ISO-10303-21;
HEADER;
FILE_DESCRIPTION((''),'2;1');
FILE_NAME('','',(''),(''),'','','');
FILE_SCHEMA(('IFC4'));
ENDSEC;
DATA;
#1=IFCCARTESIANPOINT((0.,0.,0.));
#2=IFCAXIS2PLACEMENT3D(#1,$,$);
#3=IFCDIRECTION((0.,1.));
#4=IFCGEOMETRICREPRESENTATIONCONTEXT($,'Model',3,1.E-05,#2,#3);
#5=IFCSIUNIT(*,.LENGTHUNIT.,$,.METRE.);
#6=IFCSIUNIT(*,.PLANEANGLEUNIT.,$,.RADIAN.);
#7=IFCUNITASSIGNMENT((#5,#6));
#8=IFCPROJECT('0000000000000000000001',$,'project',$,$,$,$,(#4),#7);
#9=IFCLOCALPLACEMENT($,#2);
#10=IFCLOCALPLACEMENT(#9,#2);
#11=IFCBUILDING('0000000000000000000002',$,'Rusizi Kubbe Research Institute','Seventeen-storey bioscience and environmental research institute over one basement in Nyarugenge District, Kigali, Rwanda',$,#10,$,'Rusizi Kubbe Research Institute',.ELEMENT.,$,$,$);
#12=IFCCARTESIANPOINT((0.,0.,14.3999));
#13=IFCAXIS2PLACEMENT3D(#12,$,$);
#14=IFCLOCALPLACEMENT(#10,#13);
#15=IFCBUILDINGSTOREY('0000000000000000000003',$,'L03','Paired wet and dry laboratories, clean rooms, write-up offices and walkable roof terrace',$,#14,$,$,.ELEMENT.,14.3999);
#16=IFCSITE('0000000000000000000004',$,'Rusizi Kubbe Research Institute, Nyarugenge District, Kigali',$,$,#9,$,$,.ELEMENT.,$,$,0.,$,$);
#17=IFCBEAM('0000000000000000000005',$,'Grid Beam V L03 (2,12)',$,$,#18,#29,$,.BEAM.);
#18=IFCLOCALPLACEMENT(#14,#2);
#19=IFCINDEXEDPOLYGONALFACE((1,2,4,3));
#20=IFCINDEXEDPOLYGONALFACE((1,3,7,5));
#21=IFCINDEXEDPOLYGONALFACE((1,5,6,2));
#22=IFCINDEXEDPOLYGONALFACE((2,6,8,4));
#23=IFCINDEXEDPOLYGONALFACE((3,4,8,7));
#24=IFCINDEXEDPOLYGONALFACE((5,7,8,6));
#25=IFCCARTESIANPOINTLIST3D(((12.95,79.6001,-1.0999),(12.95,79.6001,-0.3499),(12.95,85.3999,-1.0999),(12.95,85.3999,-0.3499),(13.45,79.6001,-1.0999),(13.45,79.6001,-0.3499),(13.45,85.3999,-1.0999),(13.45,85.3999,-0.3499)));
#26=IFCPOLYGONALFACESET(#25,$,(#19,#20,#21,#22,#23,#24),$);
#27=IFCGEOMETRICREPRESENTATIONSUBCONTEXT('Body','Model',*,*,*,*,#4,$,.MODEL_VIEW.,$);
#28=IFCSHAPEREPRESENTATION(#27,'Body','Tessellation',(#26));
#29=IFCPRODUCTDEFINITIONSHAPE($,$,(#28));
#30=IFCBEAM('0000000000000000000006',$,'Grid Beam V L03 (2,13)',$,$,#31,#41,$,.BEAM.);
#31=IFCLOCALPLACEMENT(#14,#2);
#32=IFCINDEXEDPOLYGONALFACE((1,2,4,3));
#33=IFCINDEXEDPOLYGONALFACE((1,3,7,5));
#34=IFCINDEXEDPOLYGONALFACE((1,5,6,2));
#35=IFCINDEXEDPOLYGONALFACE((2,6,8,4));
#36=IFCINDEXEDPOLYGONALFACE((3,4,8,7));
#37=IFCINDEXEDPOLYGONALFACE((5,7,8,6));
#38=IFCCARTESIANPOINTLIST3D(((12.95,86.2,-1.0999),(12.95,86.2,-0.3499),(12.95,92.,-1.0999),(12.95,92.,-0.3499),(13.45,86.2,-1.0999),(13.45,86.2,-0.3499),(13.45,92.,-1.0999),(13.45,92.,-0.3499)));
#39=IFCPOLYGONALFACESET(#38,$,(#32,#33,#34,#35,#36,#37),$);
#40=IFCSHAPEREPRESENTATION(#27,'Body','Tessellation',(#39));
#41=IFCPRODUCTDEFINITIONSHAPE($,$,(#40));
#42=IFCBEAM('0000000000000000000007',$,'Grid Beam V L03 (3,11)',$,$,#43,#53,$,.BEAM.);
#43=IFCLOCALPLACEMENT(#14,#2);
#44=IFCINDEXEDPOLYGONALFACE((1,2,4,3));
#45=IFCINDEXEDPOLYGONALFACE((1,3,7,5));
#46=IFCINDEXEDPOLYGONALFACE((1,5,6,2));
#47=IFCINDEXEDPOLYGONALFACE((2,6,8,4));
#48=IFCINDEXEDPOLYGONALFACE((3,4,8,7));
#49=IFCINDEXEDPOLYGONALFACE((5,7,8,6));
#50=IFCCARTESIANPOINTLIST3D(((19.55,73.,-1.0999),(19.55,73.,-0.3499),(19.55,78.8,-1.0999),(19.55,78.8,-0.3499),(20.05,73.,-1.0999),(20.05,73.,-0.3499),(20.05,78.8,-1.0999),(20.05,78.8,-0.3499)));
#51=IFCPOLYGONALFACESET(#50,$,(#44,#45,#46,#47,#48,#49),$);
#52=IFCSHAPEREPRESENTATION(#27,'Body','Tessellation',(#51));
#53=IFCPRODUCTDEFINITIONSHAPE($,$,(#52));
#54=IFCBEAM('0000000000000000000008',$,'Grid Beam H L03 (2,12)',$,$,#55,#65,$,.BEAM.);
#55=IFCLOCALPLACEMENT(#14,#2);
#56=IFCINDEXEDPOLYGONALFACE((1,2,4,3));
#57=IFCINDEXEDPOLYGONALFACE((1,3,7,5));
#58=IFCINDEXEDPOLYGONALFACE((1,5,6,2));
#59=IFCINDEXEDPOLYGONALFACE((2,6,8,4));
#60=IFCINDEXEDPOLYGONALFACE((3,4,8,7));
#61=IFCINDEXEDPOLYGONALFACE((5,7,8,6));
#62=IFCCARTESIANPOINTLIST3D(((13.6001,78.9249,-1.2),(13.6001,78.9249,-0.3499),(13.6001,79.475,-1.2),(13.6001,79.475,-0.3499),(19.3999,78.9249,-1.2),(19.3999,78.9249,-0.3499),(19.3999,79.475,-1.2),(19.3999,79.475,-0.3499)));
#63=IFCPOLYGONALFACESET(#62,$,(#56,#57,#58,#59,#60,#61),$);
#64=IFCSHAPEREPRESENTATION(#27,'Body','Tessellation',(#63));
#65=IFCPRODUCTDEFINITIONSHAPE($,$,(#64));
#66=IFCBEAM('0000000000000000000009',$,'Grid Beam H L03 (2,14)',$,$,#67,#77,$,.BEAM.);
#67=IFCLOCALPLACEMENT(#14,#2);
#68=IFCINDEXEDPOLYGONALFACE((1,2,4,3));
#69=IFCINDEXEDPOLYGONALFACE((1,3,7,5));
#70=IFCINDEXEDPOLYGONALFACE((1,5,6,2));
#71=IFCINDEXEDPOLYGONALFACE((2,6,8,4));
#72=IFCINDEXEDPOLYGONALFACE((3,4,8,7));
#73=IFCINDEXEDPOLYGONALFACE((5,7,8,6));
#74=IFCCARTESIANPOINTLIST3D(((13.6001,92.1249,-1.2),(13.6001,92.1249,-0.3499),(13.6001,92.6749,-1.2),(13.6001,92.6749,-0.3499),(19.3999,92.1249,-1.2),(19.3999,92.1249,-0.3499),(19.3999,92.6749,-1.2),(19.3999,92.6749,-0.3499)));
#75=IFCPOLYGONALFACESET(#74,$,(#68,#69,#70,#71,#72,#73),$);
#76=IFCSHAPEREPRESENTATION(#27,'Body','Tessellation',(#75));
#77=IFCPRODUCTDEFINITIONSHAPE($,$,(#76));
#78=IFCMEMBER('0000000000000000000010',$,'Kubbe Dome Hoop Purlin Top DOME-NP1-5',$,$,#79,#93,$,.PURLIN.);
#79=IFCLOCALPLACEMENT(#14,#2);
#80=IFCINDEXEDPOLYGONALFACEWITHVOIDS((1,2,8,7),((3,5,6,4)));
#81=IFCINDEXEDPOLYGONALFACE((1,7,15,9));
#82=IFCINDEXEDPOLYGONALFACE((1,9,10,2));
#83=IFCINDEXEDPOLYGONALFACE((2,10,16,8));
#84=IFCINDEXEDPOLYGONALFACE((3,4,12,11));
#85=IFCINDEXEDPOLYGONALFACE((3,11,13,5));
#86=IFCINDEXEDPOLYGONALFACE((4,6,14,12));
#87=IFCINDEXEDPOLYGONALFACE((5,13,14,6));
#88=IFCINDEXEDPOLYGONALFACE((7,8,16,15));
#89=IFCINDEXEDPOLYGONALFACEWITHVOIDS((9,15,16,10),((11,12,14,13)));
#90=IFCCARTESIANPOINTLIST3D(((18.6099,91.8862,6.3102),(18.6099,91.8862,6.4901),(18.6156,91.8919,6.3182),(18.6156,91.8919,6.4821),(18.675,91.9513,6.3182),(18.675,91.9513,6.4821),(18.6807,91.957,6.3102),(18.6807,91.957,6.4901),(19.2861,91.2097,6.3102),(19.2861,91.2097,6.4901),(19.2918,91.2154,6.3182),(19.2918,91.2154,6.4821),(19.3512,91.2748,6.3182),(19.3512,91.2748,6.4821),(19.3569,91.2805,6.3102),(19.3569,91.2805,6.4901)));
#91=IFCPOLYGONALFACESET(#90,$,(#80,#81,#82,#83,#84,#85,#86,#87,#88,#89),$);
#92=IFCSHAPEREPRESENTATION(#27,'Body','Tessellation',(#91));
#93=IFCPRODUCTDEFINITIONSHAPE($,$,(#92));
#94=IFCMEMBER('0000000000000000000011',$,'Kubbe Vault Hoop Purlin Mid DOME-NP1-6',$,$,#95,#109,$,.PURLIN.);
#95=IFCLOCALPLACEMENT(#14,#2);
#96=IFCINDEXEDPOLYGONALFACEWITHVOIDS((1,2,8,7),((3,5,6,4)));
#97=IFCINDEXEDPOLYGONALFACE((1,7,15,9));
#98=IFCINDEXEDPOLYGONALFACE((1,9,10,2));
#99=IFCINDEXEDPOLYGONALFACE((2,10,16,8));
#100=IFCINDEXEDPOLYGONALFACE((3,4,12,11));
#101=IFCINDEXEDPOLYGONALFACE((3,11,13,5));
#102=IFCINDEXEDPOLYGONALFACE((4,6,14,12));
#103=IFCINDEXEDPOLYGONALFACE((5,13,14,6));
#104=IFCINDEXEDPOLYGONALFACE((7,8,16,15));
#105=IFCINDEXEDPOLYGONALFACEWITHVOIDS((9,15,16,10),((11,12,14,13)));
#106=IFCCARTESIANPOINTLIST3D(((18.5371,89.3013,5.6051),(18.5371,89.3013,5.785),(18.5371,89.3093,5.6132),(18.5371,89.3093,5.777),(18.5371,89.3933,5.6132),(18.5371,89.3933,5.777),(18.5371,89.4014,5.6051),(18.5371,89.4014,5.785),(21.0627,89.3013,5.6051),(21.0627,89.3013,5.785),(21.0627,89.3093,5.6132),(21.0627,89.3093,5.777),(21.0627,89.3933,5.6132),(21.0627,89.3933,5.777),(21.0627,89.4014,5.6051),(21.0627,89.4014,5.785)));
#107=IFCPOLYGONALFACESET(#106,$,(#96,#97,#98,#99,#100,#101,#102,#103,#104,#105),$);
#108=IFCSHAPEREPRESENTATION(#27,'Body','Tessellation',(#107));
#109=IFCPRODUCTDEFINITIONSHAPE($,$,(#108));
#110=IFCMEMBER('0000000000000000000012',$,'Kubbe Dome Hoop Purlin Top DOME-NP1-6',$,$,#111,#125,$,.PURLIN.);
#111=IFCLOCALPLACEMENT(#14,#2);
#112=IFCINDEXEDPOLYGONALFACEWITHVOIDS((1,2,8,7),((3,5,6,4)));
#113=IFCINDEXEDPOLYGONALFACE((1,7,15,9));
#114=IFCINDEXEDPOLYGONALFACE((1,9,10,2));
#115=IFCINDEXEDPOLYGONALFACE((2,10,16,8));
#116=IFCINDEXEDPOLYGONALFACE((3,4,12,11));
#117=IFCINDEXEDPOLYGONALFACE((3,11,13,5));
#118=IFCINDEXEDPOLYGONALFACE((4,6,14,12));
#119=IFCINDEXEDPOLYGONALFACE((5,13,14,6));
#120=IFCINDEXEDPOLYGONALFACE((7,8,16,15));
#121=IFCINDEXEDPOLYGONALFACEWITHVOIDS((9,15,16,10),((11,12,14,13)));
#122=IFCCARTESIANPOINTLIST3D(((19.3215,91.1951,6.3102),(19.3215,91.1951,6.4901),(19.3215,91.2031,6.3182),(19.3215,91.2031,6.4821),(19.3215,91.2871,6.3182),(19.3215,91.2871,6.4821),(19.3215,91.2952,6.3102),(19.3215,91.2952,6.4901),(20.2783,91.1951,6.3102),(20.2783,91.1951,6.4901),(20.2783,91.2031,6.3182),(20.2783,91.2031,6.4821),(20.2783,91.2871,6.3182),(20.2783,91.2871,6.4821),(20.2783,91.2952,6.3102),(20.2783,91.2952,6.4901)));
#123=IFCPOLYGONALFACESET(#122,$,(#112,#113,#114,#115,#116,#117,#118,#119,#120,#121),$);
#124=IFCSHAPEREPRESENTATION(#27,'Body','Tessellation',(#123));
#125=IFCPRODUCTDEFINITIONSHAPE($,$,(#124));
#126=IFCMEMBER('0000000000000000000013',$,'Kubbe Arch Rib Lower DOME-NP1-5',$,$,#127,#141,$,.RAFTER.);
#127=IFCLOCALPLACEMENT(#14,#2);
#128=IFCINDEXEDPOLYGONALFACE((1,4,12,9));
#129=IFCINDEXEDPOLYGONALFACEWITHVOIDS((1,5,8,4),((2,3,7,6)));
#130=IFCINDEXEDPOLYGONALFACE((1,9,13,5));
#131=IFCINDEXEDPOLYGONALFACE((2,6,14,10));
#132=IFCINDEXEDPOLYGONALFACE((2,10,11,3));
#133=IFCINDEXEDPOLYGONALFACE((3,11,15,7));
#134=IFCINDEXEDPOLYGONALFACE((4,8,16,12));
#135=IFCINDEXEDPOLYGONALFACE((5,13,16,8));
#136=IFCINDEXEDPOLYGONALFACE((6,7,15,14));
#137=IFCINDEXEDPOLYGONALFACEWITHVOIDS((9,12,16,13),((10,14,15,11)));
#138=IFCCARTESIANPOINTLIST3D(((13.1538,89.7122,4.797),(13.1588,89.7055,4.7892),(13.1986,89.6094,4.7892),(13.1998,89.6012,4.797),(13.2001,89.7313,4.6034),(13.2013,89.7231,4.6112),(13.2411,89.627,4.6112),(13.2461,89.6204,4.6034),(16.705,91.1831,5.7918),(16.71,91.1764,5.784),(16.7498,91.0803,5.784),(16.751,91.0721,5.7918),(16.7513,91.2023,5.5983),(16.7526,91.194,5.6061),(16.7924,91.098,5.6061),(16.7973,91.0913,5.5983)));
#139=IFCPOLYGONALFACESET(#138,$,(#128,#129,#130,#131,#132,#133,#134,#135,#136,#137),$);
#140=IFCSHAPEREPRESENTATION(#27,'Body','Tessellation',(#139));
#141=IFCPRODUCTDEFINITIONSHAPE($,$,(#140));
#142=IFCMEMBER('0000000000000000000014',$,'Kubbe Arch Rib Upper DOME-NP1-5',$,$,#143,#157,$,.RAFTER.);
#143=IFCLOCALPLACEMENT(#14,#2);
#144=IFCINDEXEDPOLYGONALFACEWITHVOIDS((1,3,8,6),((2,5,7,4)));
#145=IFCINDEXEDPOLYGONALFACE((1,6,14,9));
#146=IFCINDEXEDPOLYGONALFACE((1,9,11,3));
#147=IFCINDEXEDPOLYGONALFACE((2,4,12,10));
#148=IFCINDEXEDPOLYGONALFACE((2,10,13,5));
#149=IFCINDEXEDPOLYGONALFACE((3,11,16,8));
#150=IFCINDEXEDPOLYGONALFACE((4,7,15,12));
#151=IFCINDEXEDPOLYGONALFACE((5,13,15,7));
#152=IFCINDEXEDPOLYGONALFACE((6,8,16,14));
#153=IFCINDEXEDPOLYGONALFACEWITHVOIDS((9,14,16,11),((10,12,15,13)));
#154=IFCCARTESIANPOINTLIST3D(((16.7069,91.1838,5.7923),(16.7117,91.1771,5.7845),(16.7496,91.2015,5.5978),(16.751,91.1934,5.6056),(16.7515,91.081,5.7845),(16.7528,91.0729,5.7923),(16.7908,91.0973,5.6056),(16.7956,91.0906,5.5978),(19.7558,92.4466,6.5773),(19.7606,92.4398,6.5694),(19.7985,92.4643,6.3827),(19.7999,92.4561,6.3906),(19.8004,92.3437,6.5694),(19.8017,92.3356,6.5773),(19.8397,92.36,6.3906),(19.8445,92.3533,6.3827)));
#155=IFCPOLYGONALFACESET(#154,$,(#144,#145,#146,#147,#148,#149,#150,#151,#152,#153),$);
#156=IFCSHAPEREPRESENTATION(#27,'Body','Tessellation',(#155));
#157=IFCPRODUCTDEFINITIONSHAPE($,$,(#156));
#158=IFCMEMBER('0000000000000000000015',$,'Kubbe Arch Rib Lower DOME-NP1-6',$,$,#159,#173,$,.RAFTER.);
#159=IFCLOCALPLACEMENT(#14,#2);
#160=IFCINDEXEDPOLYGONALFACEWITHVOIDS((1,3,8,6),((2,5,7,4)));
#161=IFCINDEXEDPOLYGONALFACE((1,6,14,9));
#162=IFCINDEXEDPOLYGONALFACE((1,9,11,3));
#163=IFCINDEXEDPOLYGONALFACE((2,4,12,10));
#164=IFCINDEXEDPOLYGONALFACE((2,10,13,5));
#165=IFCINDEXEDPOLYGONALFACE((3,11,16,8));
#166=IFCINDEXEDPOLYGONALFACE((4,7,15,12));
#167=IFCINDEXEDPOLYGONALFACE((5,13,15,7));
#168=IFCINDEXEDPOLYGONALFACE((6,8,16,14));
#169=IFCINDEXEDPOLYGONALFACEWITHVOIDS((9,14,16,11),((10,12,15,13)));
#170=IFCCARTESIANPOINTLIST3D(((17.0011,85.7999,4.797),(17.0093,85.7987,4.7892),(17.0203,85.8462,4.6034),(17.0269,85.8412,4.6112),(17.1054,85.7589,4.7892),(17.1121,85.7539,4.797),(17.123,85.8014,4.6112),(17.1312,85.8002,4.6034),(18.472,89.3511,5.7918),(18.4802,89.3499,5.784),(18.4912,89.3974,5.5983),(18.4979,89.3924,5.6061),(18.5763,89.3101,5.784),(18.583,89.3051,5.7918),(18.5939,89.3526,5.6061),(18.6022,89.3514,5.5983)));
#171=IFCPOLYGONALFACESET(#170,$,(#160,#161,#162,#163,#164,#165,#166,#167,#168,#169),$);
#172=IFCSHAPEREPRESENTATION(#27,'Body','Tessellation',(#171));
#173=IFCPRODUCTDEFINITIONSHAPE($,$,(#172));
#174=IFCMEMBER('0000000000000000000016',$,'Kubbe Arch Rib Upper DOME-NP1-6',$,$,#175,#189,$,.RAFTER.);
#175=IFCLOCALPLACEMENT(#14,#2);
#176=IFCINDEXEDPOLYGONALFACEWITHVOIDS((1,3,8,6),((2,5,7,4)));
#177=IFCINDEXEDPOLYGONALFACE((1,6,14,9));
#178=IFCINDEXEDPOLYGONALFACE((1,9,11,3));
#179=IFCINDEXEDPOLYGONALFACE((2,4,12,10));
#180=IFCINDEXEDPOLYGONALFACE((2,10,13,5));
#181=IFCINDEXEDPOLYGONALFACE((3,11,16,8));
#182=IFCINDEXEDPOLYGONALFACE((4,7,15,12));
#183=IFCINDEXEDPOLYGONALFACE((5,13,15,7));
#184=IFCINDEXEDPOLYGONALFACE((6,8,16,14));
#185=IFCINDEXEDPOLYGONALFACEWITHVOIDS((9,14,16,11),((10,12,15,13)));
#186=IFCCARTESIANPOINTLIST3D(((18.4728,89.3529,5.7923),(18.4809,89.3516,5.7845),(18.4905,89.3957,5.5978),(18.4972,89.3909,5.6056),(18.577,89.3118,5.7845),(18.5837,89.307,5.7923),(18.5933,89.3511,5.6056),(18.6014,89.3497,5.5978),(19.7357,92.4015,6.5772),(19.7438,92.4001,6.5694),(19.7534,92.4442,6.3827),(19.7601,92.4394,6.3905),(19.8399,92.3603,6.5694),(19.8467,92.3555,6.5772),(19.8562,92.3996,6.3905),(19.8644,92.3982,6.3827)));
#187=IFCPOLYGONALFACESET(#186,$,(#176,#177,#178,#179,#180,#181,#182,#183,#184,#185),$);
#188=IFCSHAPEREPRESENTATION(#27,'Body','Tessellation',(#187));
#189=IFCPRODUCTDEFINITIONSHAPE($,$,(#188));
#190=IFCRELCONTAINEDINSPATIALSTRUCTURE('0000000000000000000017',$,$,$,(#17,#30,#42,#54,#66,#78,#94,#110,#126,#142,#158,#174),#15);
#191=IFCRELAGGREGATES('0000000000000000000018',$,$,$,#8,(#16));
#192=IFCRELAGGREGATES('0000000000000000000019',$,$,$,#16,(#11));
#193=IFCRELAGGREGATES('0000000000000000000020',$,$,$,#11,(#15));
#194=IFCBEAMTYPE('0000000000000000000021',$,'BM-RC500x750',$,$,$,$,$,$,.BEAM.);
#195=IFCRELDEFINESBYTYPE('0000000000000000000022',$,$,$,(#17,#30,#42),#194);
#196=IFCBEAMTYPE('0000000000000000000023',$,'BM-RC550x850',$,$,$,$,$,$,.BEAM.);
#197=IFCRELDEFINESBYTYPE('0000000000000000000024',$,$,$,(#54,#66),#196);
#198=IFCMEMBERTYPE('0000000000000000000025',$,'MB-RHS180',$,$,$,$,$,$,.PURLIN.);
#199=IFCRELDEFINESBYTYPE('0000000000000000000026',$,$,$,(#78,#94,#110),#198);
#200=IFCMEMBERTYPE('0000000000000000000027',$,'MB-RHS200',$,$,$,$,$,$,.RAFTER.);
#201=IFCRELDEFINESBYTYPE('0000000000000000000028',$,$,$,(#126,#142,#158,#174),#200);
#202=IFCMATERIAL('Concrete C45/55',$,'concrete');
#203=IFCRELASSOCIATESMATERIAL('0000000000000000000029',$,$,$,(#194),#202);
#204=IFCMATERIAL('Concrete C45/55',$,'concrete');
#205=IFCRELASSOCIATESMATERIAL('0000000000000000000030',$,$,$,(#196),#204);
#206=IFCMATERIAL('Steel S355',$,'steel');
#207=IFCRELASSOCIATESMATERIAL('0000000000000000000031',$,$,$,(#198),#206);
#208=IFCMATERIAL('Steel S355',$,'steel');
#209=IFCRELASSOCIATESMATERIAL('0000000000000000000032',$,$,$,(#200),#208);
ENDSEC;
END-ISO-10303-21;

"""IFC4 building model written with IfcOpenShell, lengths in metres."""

from ifc_helpers import new_model, si_unit, direction, frame, origin, origin_2d, place, context, subcontext, project, spatial, rectangle, hollow_rectangle, extrude, material, material_profile, profile_set, type_object, element, save


model = new_model("IFC4")

# Units and contexts
model_context = context("Model", 3, precision=1e-05, world=origin(), true_north=direction((0.0, 1.0)))
body_context = subcontext(model_context, "Body", "Model", "MODEL_VIEW")
ifc_project = project(units=[si_unit("LENGTHUNIT", "METRE"), si_unit("PLANEANGLEUNIT", "RADIAN")], contexts=[model_context])

# Site, building, storey
site_placement = place(None, origin())
site = spatial("IfcSite", under=ifc_project, at=site_placement, Name="Rusizi Kubbe Research Institute, Nyarugenge District, Kigali", CompositionType="ELEMENT", RefElevation=0.0)
building_placement = place(site_placement, origin())
building = spatial("IfcBuilding", under=site, at=building_placement, Name="Rusizi Kubbe Research Institute", Description="Seventeen-storey bioscience and environmental research institute over one basement in Nyarugenge District, Kigali, Rwanda", LongName="Rusizi Kubbe Research Institute", CompositionType="ELEMENT")
storey_placement = place(building_placement, frame((0.0, 0.0, 14.3999)))
storey = spatial("IfcBuildingStorey", under=building, at=storey_placement, Name="L03", Description="Paired wet and dry laboratories, clean rooms, write-up offices and walkable roof terrace", CompositionType="ELEMENT", Elevation=14.3999)

# Beams
ifc_material_1 = material(Name="Concrete C45/55", Category="concrete")
ifc_material_profile_1 = material_profile(ifc_material_1, rectangle(XDim=0.5, YDim=0.75, at=origin_2d()), Name="RC500x750B")
ifc_profile_set_1 = profile_set([ifc_material_profile_1], Name="Concrete C45/55")
beam_type_1 = type_object("IfcBeamType", Name="BM-RC500x750", PredefinedType="BEAM", material=ifc_profile_set_1)
beam_1_placement = place(storey_placement, frame((13.2, 79.6001, -0.7249), z_axis=(0.0, 1.0, 0.0), x_axis=(-1.0, 0.0, 0.0)))
element("IfcBeam", 1, at=beam_1_placement, inside=storey, type_object=beam_type_1, Name="Grid Beam V L03 (2,12)", PredefinedType="BEAM", context=body_context, shape_type="SweptSolid", body=[
    extrude(rectangle(XDim=0.5, YDim=0.75, at=origin_2d()), origin(), (0.0, 0.0, 1.0), 5.7998),
])
for number, where, z_axis, x_axis, name in (
    (2, (13.2, 86.2, -0.7249), (0.0, 1.0, 0.0), (-1.0, 0.0, 0.0), "Grid Beam V L03 (2,13)"),
    (3, (19.8, 73.0, -0.7249), (0.0, 1.0, 0.0), (-1.0, 0.0, 0.0), "Grid Beam V L03 (3,11)"),
):
    element("IfcBeam", number, at=place(storey_placement, frame(where, z_axis=z_axis, x_axis=x_axis)), inside=storey, type_object=beam_type_1, Name=name, PredefinedType="BEAM", context=body_context, shape_type="SweptSolid", body=[
        extrude(rectangle(XDim=0.5, YDim=0.75, at=origin_2d()), origin(), (0.0, 0.0, 1.0), 5.8),
    ])
ifc_material_2 = material(Name="Concrete C45/55", Category="concrete")
ifc_material_profile_2 = material_profile(ifc_material_2, rectangle(XDim=0.55, YDim=0.8501, at=origin_2d()), Name="RC550x850")
ifc_profile_set_2 = profile_set([ifc_material_profile_2], Name="Concrete C45/55")
beam_type_2 = type_object("IfcBeamType", Name="BM-RC550x850", PredefinedType="BEAM", material=ifc_profile_set_2)
for number, where, z_axis, x_axis, name in (
    (4, (13.6001, 79.2, -0.7749), (1.0, 0.0, 0.0), (0.0, 1.0, 0.0), "Grid Beam H L03 (2,12)"),
    (5, (13.6001, 92.3999, -0.7749), (1.0, 0.0, 0.0), (0.0, 1.0, 0.0), "Grid Beam H L03 (2,14)"),
):
    element("IfcBeam", number, at=place(storey_placement, frame(where, z_axis=z_axis, x_axis=x_axis)), inside=storey, type_object=beam_type_2, Name=name, PredefinedType="BEAM", context=body_context, shape_type="SweptSolid", body=[
        extrude(rectangle(XDim=0.55, YDim=0.8501, at=origin_2d()), origin(), (0.0, 0.0, 1.0), 5.7998),
    ])

# Members
ifc_material_3 = material(Name="Steel S355", Category="steel")
ifc_material_profile_3 = material_profile(ifc_material_3, hollow_rectangle(XDim=0.1001, YDim=0.1799, WallThickness=0.0081, at=origin_2d()), Name="RHS 180x100x8.0")
ifc_profile_set_3 = profile_set([ifc_material_profile_3], Name="Steel S355")
member_type_1 = type_object("IfcMemberType", Name="MB-RHS180", PredefinedType="PURLIN", material=ifc_profile_set_3)
member_1_placement = place(storey_placement, frame((18.6453, 91.9216, 6.4001), z_axis=(0.706979, -0.707234, 0.0), x_axis=(0.707234, 0.706979, 0.0)))
element("IfcMember", 6, at=member_1_placement, inside=storey, type_object=member_type_1, Name="Kubbe Dome Hoop Purlin Top DOME-NP1-5", PredefinedType="PURLIN", context=body_context, shape_type="SweptSolid", body=[
    extrude(hollow_rectangle(XDim=0.1001, YDim=0.1799, WallThickness=0.0081, at=origin_2d()), origin(), (0.0, 0.0, 1.0), 0.9565),
])
member_2_placement = place(storey_placement, frame((18.5371, 89.3513, 5.6951), z_axis=(1.0, 0.0, 0.0), x_axis=(0.0, 1.0, 0.0)))
element("IfcMember", 7, at=member_2_placement, inside=storey, type_object=member_type_1, Name="Kubbe Vault Hoop Purlin Mid DOME-NP1-6", PredefinedType="PURLIN", context=body_context, shape_type="SweptSolid", body=[
    extrude(hollow_rectangle(XDim=0.1001, YDim=0.1799, WallThickness=0.0081, at=origin_2d()), origin(), (0.0, 0.0, 1.0), 2.5256),
])
member_3_placement = place(storey_placement, frame((19.3215, 91.2451, 6.4001), z_axis=(1.0, 0.0, 0.0), x_axis=(0.0, 1.0, 0.0)))
element("IfcMember", 8, at=member_3_placement, inside=storey, type_object=member_type_1, Name="Kubbe Dome Hoop Purlin Top DOME-NP1-6", PredefinedType="PURLIN", context=body_context, shape_type="SweptSolid", body=[
    extrude(hollow_rectangle(XDim=0.1001, YDim=0.1799, WallThickness=0.0081, at=origin_2d()), origin(), (0.0, 0.0, 1.0), 0.9568),
])
ifc_material_4 = material(Name="Steel S355", Category="steel")
ifc_material_profile_4 = material_profile(ifc_material_4, hollow_rectangle(XDim=0.1201, YDim=0.2, WallThickness=0.0081, at=origin_2d()), Name="RHS 200x120x8.0")
ifc_profile_set_4 = profile_set([ifc_material_profile_4], Name="Steel S355")
member_type_2 = type_object("IfcMemberType", Name="MB-RHS200", PredefinedType="RAFTER", material=ifc_profile_set_4)
member_4_placement = place(storey_placement, frame((13.2, 89.6663, 4.7002), z_axis=(0.894411, 0.370468, 0.250565), x_axis=(-0.382675, 0.923883, 0.0)))
element("IfcMember", 9, at=member_4_placement, inside=storey, type_object=member_type_2, Name="Kubbe Arch Rib Lower DOME-NP1-5", PredefinedType="RAFTER", context=body_context, shape_type="SweptSolid", body=[
    extrude(hollow_rectangle(XDim=0.1201, YDim=0.2, WallThickness=0.0081, at=origin_2d()), origin(), (0.0, 0.0, 1.0), 3.9705),
])
member_5_placement = place(storey_placement, frame((16.7512, 91.1372, 5.6951), z_axis=(0.898822, 0.372254, 0.231399), x_axis=(-0.382639, 0.923898, 0.0)))
element("IfcMember", 10, at=member_5_placement, inside=storey, type_object=member_type_2, Name="Kubbe Arch Rib Upper DOME-NP1-5", PredefinedType="RAFTER", context=body_context, shape_type="SweptSolid", body=[
    extrude(hollow_rectangle(XDim=0.1201, YDim=0.2, WallThickness=0.0081, at=origin_2d()), origin(), (0.0, 0.0, 1.0), 3.3921),
])
member_6_placement = place(storey_placement, frame((17.0662, 85.8, 4.7002), z_axis=(0.370468, 0.894411, 0.250565), x_axis=(-0.923883, 0.382675, 0.0)))
element("IfcMember", 11, at=member_6_placement, inside=storey, type_object=member_type_2, Name="Kubbe Arch Rib Lower DOME-NP1-6", PredefinedType="RAFTER", context=body_context, shape_type="SweptSolid", body=[
    extrude(hollow_rectangle(XDim=0.1201, YDim=0.2, WallThickness=0.0081, at=origin_2d()), origin(), (0.0, 0.0, 1.0), 3.9705),
])
member_7_placement = place(storey_placement, frame((18.5371, 89.3513, 5.6951), z_axis=(0.37234, 0.898784, 0.231408), x_axis=(-0.923861, 0.382729, 0.0)))
element("IfcMember", 12, at=member_7_placement, inside=storey, type_object=member_type_2, Name="Kubbe Arch Rib Upper DOME-NP1-6", PredefinedType="RAFTER", context=body_context, shape_type="SweptSolid", body=[
    extrude(hollow_rectangle(XDim=0.1201, YDim=0.2, WallThickness=0.0081, at=origin_2d()), origin(), (0.0, 0.0, 1.0), 3.3918),
])

save(model, "model.ifc")
